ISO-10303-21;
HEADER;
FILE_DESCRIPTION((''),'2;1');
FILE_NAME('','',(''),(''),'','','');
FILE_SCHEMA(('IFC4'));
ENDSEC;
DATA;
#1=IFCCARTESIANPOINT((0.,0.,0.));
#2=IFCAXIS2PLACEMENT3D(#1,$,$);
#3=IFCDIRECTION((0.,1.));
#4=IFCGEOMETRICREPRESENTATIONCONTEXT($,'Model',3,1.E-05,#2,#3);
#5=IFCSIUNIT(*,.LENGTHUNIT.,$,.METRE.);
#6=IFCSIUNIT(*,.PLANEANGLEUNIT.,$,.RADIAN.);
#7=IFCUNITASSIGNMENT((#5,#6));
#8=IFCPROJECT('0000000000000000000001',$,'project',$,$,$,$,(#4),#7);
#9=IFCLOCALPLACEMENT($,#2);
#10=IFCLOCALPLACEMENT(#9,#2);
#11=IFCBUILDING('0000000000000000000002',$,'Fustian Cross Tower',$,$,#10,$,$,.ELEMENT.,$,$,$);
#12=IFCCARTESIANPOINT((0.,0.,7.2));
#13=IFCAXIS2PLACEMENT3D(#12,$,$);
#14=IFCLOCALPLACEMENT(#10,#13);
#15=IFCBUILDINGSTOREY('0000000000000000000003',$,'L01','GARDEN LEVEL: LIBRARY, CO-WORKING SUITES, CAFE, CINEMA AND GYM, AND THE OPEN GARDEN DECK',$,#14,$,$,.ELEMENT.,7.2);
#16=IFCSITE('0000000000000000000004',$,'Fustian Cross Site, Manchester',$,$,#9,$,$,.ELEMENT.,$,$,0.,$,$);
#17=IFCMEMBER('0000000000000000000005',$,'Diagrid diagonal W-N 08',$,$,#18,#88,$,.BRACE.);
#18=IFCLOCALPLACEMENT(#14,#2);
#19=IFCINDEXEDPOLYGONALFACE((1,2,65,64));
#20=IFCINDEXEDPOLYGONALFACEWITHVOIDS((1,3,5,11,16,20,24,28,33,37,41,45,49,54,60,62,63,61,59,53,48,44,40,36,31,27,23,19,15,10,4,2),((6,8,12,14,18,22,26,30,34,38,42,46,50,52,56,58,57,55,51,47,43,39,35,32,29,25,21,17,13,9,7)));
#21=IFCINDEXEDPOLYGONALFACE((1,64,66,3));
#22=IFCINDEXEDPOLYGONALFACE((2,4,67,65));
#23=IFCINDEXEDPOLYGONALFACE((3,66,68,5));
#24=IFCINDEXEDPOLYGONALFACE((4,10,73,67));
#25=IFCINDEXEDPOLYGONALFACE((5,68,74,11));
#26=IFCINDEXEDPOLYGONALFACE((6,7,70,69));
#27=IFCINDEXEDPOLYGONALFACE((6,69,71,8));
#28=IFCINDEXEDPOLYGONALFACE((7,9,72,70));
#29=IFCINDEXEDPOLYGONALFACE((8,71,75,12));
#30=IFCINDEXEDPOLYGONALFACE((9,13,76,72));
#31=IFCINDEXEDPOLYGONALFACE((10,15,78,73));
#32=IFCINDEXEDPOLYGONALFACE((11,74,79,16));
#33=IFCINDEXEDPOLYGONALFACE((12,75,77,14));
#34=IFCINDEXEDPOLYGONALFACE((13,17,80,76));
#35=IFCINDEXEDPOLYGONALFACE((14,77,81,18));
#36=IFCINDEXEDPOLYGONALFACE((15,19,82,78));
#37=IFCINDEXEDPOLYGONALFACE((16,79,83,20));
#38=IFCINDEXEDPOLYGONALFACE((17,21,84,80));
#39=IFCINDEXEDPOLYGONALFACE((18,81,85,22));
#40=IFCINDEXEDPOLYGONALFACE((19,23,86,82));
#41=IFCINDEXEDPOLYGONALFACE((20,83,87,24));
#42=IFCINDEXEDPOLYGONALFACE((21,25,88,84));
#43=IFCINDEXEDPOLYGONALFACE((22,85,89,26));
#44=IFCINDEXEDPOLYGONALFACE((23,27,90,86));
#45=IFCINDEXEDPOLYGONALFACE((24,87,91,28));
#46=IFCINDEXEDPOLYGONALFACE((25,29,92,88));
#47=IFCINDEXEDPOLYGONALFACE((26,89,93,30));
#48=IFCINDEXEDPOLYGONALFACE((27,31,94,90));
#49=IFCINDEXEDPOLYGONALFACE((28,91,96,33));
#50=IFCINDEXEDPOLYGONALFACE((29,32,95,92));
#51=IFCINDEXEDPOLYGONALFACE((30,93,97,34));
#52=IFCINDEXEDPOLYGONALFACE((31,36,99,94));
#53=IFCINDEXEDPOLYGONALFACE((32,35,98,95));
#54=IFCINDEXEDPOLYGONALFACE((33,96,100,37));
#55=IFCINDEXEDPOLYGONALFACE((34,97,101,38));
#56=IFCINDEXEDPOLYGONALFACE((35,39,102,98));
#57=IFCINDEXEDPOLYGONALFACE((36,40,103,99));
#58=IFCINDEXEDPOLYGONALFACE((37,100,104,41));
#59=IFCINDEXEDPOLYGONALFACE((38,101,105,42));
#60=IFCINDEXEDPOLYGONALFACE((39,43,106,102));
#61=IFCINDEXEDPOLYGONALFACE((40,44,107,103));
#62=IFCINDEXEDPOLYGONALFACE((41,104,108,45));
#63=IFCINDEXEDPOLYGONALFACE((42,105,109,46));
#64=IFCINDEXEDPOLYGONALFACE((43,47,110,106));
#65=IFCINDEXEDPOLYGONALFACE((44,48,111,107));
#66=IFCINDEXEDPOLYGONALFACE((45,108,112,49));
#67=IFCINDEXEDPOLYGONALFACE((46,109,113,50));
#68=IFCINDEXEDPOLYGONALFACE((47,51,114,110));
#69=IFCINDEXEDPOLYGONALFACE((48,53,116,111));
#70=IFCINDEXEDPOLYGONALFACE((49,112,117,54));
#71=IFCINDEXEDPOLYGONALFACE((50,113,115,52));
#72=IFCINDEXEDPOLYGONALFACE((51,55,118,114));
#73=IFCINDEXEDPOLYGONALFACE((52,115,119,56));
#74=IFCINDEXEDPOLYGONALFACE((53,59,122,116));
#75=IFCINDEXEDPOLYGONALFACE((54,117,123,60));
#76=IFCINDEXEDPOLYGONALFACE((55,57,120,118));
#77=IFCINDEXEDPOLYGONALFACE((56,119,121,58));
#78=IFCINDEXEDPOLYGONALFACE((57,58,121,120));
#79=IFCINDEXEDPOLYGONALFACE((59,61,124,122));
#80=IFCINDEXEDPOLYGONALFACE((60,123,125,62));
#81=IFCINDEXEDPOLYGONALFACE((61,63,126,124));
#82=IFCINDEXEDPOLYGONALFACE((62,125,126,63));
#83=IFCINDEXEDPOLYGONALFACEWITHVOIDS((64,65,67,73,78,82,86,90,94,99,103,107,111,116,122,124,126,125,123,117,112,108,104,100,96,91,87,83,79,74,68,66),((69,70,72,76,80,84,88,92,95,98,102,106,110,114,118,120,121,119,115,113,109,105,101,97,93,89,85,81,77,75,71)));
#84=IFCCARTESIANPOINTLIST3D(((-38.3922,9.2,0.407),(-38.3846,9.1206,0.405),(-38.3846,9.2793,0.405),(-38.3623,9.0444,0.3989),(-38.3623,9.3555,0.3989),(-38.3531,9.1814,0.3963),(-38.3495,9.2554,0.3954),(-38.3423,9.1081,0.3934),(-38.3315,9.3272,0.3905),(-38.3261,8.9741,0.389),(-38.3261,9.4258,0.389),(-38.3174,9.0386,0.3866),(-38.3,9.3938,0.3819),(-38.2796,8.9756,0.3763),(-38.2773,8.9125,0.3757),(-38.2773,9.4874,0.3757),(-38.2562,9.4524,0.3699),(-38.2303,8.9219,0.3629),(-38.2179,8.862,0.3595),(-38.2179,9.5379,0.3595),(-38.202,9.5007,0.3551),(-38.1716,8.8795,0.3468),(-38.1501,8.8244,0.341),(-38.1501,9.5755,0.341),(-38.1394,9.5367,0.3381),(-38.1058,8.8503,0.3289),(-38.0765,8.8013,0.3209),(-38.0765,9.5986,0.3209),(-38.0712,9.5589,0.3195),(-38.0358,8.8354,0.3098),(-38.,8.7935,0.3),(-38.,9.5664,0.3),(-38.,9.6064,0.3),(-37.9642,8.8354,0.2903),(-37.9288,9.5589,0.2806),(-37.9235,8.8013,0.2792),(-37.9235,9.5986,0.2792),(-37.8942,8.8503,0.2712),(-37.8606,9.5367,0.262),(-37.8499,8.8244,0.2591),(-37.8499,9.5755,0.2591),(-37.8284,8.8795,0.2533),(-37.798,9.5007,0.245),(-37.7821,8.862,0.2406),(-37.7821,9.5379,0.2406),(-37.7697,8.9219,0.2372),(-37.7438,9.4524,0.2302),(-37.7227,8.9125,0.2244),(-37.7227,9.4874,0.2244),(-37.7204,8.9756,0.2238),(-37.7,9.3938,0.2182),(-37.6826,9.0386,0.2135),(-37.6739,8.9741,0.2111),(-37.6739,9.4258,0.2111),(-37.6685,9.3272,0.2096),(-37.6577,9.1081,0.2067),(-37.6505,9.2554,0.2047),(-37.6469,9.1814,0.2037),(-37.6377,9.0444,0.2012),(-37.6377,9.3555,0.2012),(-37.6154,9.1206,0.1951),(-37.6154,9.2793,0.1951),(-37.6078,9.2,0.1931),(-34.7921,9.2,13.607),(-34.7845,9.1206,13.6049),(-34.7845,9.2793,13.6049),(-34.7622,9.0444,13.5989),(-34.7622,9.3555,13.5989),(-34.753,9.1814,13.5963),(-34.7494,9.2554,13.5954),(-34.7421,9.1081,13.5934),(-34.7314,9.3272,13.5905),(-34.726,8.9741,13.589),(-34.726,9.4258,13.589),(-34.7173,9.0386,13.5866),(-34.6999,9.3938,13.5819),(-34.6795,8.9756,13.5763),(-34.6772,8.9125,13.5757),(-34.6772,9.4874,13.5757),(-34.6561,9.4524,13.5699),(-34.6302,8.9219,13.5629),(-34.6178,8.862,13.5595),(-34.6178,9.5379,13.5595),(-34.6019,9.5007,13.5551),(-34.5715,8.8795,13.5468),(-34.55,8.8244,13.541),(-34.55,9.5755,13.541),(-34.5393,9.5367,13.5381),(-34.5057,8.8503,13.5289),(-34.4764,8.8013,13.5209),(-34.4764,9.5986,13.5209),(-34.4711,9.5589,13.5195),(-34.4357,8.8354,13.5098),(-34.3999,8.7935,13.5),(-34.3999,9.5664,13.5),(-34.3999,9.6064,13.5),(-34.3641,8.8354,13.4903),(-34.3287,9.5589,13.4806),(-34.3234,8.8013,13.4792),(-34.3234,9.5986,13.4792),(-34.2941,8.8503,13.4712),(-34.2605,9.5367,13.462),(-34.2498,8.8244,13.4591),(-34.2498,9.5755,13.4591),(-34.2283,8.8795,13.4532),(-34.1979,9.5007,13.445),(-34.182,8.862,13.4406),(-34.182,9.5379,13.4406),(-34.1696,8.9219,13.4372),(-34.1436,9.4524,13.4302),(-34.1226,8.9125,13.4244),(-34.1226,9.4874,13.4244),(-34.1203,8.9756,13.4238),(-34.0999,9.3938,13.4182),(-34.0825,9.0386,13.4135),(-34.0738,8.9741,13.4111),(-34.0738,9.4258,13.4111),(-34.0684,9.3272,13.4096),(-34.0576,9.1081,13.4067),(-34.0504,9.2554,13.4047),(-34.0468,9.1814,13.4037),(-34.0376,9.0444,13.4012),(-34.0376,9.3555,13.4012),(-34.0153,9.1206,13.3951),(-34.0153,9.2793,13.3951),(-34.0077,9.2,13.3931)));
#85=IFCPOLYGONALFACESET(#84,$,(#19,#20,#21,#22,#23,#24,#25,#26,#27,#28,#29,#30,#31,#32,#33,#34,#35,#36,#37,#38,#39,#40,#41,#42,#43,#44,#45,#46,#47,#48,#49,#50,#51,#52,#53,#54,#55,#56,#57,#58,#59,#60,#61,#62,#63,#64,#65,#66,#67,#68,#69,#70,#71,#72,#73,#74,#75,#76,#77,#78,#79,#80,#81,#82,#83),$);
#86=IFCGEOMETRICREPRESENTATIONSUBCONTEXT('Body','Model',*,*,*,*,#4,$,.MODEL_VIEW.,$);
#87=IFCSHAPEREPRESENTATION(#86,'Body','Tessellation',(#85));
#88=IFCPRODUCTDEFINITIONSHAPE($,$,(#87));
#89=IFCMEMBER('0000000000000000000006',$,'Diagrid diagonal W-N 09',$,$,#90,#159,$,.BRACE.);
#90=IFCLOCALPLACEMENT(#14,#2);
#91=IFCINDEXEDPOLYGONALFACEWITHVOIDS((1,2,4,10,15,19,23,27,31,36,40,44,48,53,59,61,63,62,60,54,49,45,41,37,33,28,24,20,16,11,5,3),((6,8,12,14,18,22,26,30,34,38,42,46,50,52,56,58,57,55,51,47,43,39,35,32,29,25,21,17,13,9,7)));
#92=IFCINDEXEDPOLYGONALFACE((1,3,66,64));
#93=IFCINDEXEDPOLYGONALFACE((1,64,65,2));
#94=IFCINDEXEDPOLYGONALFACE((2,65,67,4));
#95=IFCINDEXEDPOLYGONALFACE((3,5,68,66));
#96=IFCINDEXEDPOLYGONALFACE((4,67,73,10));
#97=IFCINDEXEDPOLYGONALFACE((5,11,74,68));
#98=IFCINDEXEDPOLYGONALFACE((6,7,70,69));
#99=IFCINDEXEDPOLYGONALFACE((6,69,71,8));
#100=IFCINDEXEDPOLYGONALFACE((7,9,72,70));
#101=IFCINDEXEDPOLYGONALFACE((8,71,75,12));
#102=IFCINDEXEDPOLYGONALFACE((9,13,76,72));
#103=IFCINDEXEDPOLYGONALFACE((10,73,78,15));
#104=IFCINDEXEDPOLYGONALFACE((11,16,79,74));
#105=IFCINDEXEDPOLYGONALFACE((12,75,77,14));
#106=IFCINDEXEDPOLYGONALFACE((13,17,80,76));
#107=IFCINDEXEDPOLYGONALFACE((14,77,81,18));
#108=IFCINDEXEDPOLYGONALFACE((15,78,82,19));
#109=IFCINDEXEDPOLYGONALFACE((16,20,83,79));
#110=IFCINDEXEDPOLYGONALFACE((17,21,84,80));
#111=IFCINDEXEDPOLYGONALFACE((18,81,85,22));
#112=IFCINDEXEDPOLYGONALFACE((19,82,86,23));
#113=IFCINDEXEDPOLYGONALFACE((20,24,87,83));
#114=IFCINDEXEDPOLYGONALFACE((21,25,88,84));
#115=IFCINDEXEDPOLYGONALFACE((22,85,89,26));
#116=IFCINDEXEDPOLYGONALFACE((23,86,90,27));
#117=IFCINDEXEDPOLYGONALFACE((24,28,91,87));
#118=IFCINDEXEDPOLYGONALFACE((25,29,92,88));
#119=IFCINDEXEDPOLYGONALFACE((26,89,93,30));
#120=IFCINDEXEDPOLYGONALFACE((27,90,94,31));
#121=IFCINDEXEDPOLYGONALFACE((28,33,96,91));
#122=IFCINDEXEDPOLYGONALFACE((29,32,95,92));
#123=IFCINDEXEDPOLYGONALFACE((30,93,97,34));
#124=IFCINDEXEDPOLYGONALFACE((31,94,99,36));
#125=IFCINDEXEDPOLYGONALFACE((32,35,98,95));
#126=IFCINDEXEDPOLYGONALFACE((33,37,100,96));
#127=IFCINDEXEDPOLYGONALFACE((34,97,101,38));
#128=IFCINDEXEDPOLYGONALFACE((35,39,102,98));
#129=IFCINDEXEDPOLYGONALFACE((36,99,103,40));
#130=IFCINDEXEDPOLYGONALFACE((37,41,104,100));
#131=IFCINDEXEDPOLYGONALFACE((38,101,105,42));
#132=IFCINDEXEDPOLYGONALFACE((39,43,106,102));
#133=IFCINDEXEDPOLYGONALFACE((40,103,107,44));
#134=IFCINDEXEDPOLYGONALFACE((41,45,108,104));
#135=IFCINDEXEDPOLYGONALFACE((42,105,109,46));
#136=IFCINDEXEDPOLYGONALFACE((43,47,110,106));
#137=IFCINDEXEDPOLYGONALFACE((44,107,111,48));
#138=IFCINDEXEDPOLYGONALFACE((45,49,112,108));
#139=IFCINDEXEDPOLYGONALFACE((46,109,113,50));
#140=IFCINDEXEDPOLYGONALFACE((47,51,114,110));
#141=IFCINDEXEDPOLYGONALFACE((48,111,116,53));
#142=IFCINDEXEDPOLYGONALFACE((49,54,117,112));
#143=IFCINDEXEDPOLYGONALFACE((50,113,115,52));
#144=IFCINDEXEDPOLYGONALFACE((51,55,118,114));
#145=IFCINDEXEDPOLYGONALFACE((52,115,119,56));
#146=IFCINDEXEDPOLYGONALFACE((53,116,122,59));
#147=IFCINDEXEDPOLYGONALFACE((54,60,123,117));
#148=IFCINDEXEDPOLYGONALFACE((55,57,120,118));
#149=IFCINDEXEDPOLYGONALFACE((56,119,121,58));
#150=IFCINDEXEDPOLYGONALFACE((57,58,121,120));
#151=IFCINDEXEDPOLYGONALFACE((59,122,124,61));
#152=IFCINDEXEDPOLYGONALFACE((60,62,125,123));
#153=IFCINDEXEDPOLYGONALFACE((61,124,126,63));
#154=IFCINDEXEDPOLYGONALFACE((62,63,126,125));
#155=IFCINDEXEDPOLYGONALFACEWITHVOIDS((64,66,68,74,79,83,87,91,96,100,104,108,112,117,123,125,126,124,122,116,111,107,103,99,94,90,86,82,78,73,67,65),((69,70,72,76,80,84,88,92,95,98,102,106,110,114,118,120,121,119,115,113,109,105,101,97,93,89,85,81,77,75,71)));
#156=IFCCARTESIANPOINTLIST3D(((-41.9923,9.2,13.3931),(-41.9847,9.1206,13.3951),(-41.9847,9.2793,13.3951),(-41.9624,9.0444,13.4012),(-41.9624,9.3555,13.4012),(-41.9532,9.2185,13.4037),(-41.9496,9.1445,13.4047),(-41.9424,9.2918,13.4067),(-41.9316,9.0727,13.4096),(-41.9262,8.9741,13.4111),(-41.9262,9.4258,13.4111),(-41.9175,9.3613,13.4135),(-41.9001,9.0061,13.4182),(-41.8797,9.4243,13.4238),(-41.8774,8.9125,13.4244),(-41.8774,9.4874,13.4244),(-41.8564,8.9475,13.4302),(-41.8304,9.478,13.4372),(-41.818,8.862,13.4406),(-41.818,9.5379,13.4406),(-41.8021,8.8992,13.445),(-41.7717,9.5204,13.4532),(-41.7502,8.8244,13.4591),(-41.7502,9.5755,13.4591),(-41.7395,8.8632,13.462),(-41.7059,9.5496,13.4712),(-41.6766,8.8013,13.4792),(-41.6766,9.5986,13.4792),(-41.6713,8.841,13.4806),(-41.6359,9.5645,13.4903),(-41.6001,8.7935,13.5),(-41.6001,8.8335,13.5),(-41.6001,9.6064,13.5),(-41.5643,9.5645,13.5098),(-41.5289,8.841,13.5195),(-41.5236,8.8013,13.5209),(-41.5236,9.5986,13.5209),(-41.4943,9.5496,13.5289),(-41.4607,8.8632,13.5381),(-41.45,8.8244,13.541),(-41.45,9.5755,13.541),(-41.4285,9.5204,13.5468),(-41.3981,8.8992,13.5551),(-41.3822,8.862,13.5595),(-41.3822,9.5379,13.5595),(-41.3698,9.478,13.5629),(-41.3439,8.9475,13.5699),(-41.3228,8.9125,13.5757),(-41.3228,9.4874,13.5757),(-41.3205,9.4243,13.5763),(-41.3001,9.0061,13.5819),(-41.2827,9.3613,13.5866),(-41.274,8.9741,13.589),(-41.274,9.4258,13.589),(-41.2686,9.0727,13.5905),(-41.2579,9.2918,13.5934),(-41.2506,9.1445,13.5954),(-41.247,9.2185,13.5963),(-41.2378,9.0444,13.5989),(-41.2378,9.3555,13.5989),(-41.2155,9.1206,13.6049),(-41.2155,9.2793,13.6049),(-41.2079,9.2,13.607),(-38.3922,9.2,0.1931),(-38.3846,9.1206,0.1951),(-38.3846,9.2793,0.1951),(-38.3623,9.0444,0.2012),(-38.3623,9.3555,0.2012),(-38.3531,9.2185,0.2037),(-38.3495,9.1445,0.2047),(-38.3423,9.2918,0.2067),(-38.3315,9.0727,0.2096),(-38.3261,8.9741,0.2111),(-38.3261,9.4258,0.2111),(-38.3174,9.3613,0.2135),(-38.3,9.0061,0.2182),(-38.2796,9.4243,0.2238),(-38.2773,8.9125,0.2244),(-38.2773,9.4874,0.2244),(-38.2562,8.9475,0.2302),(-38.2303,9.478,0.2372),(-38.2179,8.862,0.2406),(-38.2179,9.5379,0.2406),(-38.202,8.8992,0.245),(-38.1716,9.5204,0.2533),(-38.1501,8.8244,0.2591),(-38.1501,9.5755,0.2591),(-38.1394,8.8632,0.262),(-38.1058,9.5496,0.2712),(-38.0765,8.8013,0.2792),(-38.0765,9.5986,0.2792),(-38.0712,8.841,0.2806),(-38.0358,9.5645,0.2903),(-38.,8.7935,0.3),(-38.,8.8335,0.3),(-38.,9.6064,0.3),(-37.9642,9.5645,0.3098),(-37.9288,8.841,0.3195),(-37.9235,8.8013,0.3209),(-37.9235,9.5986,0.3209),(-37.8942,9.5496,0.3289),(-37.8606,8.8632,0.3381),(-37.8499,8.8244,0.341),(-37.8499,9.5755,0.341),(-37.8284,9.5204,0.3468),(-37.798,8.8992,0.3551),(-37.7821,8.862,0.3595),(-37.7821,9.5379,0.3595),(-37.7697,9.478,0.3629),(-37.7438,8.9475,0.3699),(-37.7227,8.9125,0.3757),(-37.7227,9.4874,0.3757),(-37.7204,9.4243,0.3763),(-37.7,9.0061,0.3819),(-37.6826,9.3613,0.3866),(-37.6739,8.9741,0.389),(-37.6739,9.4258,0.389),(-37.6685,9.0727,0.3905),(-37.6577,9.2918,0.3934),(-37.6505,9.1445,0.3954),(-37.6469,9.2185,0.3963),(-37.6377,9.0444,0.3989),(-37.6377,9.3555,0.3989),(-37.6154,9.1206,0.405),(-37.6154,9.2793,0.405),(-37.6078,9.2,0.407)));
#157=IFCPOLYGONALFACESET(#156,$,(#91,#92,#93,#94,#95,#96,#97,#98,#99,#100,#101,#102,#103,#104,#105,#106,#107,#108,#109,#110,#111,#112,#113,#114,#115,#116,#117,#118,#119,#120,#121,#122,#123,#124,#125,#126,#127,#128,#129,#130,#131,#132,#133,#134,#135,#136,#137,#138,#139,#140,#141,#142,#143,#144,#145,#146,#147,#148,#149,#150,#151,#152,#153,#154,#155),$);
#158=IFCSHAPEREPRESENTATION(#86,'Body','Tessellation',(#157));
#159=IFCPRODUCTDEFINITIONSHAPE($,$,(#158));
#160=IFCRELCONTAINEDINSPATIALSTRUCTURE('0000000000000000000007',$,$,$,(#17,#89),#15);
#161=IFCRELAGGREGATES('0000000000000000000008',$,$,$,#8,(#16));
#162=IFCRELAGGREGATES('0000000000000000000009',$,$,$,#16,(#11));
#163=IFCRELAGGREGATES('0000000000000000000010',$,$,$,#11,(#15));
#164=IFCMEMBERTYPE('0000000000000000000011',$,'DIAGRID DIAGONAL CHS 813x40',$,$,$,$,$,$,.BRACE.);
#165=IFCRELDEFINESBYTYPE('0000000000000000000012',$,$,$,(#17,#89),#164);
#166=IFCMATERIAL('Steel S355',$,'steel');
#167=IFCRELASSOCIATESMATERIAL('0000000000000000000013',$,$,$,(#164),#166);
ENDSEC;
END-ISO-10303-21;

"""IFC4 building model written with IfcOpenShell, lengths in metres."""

from ifc_helpers import new_model, si_unit, direction, frame, origin, origin_2d, place, context, subcontext, project, spatial, hollow_circle, extrude, material, material_profile, profile_set, type_object, element, save


model = new_model("IFC4")

# Units and contexts
model_context = context("Model", 3, precision=1e-05, world=origin(), true_north=direction((0.0, 1.0)))
body_context = subcontext(model_context, "Body", "Model", "MODEL_VIEW")
ifc_project = project(units=[si_unit("LENGTHUNIT", "METRE"), si_unit("PLANEANGLEUNIT", "RADIAN")], contexts=[model_context])

# Site, building, storey
site_placement = place(None, origin())
site = spatial("IfcSite", under=ifc_project, at=site_placement, Name="Fustian Cross Site, Manchester", CompositionType="ELEMENT", RefElevation=0.0)
building_placement = place(site_placement, origin())
building = spatial("IfcBuilding", under=site, at=building_placement, Name="Fustian Cross Tower", CompositionType="ELEMENT")
storey_placement = place(building_placement, frame((0.0, 0.0, 7.2)))
storey = spatial("IfcBuildingStorey", under=building, at=storey_placement, Name="L01", Description="GARDEN LEVEL: LIBRARY, CO-WORKING SUITES, CAFE, CINEMA AND GYM, AND THE OPEN GARDEN DECK", CompositionType="ELEMENT", Elevation=7.2)

# Members
ifc_material_1 = material(Name="Steel S355", Category="steel")
ifc_material_profile_1 = material_profile(ifc_material_1, hollow_circle(Radius=0.4065, WallThickness=0.04, at=origin_2d()), Name="CHS 813x40")
ifc_profile_set_1 = profile_set([ifc_material_profile_1], Name="Steel S355")
member_type_1 = type_object("IfcMemberType", Name="DIAGRID DIAGONAL CHS 813x40", PredefinedType="BRACE", material=ifc_profile_set_1)
for number, where, z_axis, x_axis, name in (
    (1, (-38.0, 9.2, 0.3), (0.263125, 0.0, 0.964762), (0.0, 1.0, 0.0), "Diagrid diagonal W-N 08"),
    (2, (-38.0, 9.2, 0.3), (-0.263125, 0.0, 0.964762), (0.0, -1.0, 0.0), "Diagrid diagonal W-N 09"),
):
    element("IfcMember", number, at=place(storey_placement, frame(where, z_axis=z_axis, x_axis=x_axis)), inside=storey, type_object=member_type_1, Name=name, PredefinedType="BRACE", context=body_context, shape_type="SweptSolid", body=[
        extrude(hollow_circle(Radius=0.4065, WallThickness=0.04, at=origin_2d()), origin(), (0.0, 0.0, 1.0), 13.6821),
    ])

save(model, "model.ifc")
